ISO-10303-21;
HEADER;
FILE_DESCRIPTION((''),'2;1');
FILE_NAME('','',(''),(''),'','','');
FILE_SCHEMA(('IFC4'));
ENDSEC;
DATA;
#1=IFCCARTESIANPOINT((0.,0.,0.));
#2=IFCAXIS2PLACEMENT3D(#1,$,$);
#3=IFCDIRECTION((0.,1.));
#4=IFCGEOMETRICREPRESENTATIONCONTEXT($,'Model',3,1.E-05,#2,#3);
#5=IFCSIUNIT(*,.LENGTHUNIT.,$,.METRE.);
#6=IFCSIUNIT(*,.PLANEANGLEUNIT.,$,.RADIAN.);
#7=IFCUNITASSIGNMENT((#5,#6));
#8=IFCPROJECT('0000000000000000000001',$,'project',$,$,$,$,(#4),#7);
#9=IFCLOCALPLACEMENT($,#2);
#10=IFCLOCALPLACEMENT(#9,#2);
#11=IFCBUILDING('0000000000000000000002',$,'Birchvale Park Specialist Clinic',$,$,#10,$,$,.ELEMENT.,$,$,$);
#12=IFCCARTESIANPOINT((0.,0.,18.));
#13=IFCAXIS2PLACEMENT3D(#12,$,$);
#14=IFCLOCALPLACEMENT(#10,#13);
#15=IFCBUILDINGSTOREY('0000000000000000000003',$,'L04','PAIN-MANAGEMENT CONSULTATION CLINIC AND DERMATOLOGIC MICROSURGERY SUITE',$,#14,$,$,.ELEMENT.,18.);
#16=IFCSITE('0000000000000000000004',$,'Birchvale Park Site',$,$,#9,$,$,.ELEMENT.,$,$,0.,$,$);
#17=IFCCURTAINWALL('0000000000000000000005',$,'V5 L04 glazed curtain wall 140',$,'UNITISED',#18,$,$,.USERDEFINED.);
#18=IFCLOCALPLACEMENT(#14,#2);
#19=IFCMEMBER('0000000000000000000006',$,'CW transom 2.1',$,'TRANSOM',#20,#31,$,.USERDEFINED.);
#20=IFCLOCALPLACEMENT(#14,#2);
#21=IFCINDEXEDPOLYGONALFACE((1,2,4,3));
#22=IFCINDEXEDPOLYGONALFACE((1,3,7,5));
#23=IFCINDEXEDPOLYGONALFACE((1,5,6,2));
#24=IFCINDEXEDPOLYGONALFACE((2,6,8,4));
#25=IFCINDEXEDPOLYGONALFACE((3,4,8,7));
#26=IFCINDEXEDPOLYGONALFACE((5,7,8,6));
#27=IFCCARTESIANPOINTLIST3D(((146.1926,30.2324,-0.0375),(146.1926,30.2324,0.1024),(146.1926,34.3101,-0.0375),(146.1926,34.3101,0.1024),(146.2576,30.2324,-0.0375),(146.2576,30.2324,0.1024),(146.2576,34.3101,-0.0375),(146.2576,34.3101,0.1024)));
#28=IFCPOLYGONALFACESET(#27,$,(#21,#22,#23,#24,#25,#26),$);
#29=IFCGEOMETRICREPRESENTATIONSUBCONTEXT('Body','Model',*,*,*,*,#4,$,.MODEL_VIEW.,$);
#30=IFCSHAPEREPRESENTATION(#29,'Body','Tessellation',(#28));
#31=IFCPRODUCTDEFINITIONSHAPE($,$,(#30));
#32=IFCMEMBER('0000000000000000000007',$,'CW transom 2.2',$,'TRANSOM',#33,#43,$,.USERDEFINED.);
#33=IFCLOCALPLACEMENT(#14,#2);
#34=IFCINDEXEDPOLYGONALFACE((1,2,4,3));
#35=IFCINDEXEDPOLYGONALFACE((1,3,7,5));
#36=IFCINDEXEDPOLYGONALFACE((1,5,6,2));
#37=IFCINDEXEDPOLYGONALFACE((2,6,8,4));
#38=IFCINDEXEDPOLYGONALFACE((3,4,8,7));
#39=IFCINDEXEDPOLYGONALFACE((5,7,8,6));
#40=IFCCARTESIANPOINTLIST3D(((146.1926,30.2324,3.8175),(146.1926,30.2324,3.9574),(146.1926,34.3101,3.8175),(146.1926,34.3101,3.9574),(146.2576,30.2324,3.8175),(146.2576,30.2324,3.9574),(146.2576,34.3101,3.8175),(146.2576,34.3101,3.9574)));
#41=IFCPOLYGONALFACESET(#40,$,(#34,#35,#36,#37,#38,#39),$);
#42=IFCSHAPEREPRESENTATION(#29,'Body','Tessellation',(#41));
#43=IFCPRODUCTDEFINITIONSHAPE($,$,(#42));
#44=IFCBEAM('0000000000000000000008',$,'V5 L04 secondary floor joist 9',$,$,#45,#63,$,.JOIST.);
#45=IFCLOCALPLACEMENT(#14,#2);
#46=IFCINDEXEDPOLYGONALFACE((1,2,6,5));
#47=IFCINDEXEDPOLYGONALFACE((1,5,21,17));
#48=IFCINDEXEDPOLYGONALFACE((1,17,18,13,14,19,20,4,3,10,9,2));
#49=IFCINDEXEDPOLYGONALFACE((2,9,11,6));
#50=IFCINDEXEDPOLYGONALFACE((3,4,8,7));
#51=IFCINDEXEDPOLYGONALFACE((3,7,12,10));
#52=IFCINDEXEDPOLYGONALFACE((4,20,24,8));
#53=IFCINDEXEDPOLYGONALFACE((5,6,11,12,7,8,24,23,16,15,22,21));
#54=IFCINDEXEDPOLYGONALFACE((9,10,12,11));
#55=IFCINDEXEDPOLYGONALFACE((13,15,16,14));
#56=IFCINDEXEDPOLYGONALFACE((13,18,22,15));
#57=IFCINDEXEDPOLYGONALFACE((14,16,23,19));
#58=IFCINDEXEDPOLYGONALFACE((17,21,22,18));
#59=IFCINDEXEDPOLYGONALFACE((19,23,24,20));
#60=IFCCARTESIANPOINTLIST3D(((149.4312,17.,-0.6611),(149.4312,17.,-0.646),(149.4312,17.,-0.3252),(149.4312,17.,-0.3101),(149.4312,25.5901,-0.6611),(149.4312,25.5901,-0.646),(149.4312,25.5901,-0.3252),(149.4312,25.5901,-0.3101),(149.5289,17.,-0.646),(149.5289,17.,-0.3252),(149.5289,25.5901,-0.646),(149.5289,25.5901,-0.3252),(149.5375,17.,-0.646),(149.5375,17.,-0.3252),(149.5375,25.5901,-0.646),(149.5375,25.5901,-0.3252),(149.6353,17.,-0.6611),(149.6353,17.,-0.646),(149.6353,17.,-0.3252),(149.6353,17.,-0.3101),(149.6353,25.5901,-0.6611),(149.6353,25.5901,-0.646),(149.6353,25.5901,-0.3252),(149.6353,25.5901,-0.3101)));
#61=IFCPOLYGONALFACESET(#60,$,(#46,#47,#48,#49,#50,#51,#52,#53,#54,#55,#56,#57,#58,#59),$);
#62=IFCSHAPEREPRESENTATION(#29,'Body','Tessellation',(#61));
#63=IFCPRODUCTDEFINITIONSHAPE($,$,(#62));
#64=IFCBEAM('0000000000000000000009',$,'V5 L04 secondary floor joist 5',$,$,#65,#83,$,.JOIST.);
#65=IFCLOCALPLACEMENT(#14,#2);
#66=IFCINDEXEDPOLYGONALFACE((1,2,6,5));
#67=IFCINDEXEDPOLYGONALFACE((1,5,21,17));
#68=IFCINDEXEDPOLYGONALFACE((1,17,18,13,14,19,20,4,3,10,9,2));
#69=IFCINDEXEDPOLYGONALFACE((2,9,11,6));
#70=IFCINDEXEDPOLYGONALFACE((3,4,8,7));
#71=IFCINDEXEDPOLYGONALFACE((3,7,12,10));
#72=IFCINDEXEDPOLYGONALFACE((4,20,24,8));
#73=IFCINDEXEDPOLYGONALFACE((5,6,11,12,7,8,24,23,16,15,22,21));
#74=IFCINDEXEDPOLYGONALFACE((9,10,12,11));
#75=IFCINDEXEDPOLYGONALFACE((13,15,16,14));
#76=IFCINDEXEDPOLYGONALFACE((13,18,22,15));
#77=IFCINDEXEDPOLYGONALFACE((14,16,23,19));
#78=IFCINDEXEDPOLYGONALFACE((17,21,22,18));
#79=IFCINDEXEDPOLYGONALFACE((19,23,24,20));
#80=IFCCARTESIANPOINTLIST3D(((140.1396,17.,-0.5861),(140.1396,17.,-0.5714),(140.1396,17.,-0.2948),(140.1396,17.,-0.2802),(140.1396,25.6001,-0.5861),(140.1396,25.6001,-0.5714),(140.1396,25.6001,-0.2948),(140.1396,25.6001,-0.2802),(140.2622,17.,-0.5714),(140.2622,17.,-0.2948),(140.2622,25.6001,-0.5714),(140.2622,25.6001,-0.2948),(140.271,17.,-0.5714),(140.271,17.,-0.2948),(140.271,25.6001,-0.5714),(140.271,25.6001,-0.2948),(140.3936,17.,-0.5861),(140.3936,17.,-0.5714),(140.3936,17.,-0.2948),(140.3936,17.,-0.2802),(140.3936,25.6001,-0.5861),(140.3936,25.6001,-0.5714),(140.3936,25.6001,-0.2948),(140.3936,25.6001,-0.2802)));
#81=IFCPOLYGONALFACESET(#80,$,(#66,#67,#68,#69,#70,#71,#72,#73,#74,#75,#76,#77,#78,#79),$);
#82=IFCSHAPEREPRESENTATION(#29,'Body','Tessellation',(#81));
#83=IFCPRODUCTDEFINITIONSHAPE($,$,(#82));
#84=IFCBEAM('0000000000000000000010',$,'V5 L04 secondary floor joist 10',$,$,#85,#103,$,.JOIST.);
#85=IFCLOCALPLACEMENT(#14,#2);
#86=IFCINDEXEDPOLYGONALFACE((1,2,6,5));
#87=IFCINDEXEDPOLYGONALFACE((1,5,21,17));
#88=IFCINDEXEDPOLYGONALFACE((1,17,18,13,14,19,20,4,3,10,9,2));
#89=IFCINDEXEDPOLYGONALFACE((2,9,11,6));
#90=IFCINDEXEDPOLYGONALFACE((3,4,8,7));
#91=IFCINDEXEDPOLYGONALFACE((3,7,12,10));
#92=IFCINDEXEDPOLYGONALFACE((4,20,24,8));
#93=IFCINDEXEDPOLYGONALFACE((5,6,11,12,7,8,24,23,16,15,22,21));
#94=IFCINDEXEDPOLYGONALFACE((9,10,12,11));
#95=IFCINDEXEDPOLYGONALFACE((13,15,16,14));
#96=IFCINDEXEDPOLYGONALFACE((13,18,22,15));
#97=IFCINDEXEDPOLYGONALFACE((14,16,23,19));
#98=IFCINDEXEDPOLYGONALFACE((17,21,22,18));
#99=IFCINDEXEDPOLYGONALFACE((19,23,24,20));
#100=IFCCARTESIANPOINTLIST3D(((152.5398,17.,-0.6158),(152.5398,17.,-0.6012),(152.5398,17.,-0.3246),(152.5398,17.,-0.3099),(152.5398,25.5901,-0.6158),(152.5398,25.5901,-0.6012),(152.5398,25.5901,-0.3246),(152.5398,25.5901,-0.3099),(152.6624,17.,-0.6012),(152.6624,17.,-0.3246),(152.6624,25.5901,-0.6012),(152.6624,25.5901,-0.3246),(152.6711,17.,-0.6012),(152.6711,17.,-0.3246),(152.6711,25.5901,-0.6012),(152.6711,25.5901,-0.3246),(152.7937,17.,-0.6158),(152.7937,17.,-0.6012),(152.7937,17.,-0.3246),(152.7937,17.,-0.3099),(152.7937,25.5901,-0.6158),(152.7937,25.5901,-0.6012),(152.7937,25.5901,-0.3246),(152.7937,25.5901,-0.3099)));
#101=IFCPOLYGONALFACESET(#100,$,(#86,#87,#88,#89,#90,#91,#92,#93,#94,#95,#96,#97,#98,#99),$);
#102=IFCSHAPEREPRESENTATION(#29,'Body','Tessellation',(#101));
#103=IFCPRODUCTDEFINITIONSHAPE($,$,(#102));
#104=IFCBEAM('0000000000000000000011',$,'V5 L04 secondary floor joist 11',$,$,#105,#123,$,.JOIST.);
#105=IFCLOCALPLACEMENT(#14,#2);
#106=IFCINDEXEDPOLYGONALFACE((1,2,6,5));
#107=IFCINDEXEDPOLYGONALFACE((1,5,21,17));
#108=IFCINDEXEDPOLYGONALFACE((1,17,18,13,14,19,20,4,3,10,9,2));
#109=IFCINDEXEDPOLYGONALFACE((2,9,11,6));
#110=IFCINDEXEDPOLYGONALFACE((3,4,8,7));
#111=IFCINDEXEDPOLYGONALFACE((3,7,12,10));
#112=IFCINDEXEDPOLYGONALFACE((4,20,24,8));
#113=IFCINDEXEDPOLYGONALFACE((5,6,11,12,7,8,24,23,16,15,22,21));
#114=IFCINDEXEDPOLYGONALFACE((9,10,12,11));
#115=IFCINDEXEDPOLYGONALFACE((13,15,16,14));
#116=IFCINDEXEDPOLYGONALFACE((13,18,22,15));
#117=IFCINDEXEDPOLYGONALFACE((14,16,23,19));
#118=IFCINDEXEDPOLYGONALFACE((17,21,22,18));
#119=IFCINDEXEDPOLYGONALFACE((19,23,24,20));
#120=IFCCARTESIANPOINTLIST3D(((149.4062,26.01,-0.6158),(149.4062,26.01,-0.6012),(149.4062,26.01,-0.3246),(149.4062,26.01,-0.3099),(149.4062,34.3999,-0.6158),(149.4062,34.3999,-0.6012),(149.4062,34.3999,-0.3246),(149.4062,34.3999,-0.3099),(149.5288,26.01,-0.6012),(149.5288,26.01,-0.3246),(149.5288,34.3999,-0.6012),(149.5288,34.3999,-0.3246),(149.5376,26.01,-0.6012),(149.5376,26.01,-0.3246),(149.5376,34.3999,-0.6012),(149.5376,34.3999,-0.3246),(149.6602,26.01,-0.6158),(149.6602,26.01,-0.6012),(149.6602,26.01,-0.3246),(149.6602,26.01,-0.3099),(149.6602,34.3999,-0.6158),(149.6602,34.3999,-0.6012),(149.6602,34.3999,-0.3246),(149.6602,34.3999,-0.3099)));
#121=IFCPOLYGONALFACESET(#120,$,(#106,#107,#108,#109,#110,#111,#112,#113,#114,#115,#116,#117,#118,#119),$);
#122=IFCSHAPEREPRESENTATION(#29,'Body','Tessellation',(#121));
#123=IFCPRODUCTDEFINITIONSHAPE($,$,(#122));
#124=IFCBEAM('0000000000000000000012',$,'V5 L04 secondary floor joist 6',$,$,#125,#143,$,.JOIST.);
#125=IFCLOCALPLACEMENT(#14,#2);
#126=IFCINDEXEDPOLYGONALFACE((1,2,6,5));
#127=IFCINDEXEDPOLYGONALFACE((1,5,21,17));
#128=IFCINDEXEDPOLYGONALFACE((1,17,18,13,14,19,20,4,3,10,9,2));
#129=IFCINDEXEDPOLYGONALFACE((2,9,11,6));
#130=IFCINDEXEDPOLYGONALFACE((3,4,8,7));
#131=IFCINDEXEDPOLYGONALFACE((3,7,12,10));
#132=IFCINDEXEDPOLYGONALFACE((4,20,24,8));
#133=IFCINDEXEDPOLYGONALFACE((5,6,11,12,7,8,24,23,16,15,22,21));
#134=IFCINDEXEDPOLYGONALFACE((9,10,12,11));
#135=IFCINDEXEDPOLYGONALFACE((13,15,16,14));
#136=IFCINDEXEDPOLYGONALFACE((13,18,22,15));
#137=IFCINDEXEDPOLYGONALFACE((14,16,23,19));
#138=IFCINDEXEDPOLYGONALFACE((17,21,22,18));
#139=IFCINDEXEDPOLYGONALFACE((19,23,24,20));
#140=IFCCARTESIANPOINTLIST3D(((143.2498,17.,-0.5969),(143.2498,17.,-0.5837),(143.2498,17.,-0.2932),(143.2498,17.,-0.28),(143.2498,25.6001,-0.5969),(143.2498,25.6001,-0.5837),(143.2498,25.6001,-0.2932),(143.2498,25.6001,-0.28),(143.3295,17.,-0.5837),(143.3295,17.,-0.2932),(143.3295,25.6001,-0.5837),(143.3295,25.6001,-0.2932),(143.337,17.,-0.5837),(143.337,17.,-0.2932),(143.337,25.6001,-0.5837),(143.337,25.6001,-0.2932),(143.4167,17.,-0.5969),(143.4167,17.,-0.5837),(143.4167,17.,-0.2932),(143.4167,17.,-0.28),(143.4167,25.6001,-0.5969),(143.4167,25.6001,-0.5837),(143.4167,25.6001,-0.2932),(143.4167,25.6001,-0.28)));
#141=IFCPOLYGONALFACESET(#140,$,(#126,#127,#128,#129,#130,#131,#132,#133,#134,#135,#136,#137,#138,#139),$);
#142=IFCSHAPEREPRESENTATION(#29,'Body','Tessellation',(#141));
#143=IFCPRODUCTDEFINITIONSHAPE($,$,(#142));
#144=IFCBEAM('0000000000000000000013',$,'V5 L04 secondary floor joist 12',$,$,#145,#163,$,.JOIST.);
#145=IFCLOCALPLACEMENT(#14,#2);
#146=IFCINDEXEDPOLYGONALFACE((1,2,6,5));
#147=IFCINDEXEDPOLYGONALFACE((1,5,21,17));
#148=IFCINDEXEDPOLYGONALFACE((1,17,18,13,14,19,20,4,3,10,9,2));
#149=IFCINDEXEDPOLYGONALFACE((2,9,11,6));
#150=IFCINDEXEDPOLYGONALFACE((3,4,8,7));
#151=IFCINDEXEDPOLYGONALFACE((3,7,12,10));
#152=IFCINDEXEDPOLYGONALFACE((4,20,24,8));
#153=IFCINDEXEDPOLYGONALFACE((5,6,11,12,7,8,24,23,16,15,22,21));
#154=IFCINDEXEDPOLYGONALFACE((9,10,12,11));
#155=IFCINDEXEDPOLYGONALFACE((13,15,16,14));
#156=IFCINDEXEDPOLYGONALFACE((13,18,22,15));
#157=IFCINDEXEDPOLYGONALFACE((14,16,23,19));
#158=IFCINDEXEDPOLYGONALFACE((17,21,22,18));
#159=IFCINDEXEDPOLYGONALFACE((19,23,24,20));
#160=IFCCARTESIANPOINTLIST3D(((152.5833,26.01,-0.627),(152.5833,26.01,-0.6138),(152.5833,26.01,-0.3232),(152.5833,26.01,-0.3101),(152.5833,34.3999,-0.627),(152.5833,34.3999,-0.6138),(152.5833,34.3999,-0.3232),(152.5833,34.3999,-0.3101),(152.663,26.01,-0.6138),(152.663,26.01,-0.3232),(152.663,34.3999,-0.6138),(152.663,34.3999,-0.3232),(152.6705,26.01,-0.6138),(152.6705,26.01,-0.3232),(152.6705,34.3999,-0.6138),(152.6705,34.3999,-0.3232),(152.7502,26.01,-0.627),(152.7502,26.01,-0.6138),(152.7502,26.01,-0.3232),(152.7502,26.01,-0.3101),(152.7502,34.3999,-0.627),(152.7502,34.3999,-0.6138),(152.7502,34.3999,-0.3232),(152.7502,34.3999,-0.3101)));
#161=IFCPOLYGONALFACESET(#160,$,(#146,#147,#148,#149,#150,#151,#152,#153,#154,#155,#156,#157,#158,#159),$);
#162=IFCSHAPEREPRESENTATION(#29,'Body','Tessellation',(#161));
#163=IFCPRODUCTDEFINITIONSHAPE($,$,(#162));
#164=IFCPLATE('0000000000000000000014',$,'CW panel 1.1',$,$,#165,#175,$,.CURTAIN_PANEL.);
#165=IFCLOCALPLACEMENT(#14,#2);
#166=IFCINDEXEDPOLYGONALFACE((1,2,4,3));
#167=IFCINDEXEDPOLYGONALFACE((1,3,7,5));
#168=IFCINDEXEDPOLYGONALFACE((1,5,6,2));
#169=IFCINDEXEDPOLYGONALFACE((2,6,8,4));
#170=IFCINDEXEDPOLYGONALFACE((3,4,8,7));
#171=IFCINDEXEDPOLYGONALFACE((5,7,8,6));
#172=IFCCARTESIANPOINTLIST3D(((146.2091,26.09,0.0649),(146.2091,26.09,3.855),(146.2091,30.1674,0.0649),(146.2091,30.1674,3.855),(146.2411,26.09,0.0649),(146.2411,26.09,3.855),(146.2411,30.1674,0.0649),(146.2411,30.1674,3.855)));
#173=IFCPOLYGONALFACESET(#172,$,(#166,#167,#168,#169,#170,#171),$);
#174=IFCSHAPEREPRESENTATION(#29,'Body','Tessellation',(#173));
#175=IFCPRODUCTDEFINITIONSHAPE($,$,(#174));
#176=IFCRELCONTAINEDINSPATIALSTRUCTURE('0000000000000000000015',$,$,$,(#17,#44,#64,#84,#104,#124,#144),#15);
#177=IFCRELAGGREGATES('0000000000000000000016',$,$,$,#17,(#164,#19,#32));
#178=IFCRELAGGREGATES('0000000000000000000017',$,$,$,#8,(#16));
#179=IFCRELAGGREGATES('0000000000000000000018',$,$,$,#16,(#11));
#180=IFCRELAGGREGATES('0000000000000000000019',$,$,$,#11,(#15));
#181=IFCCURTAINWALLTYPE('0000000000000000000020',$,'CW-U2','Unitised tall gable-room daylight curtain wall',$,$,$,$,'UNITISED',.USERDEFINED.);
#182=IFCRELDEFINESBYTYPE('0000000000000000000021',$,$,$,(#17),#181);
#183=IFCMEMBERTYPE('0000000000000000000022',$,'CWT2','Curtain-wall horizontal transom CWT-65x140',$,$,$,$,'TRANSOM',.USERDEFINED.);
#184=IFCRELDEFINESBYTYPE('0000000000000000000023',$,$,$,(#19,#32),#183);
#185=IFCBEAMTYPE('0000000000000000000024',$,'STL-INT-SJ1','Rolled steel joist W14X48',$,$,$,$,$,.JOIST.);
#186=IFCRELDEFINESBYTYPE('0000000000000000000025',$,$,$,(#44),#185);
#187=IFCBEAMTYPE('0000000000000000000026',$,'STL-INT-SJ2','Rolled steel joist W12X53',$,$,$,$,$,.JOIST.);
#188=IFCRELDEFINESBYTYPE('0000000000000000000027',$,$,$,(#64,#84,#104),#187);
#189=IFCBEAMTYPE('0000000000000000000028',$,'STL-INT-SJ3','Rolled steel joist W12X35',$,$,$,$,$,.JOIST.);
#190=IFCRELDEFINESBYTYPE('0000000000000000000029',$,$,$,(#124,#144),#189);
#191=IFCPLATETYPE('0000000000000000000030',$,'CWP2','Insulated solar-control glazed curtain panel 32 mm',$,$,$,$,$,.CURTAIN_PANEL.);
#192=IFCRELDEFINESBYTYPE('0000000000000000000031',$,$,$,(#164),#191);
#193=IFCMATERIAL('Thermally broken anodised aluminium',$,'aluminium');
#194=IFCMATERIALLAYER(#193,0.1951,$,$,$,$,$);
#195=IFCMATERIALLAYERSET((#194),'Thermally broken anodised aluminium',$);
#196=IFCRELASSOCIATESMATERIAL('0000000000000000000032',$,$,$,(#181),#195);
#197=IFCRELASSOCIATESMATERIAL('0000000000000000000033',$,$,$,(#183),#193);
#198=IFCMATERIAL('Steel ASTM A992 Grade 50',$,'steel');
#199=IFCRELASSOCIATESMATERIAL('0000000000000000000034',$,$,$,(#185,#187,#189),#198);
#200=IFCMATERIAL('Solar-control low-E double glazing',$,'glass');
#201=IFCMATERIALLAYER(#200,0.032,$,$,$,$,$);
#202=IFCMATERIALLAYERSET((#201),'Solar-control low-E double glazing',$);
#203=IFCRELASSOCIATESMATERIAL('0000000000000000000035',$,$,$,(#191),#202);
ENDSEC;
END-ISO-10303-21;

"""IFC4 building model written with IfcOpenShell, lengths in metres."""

from ifc_helpers import new_model, si_unit, direction, frame, origin, origin_2d, place, context, subcontext, project, spatial, rectangle, i_section, extrude, material, layer, layer_set, material_profile, profile_set, type_object, element, aggregate, save


model = new_model("IFC4")

# Units and contexts
model_context = context("Model", 3, precision=1e-05, world=origin(), true_north=direction((0.0, 1.0)))
body_context = subcontext(model_context, "Body", "Model", "MODEL_VIEW")
ifc_project = project(units=[si_unit("LENGTHUNIT", "METRE"), si_unit("PLANEANGLEUNIT", "RADIAN")], contexts=[model_context])

# Site, building, storey
site_placement = place(None, origin())
site = spatial("IfcSite", under=ifc_project, at=site_placement, Name="Birchvale Park Site", CompositionType="ELEMENT", RefElevation=0.0)
building_placement = place(site_placement, origin())
building = spatial("IfcBuilding", under=site, at=building_placement, Name="Birchvale Park Specialist Clinic", CompositionType="ELEMENT")
storey_placement = place(building_placement, frame((0.0, 0.0, 18.0)))
storey = spatial("IfcBuildingStorey", under=building, at=storey_placement, Name="L04", Description="PAIN-MANAGEMENT CONSULTATION CLINIC AND DERMATOLOGIC MICROSURGERY SUITE", CompositionType="ELEMENT", Elevation=18.0)

# Curtain wall, members
ifc_material_1 = material(Name="Thermally broken anodised aluminium", Category="aluminium")
ifc_layer_1 = layer(ifc_material_1, 0.1951)
ifc_layer_set_1 = layer_set([ifc_layer_1], Name="Thermally broken anodised aluminium")
curtain_wall_type = type_object("IfcCurtainWallType", Name="CW-U2", Description="Unitised tall gable-room daylight curtain wall", ElementType="UNITISED", PredefinedType="USERDEFINED", material=ifc_layer_set_1)
curtain_wall_placement = place(storey_placement, origin())
curtain_wall = element("IfcCurtainWall", 1, at=curtain_wall_placement, inside=storey, type_object=curtain_wall_type, Name="V5 L04 glazed curtain wall 140", ObjectType="UNITISED", PredefinedType="USERDEFINED")
ifc_material_profile_1 = material_profile(ifc_material_1, rectangle(XDim=0.0649, YDim=0.1399, at=origin_2d()), Name="CWT-65x140")
ifc_profile_set_1 = profile_set([ifc_material_profile_1], Name="Thermally broken anodised aluminium")
member_type_1 = type_object("IfcMemberType", Name="CWT2", Description="Curtain-wall horizontal transom CWT-65x140", ElementType="TRANSOM", PredefinedType="USERDEFINED", material=ifc_profile_set_1)
member_1_placement = place(storey_placement, frame((146.2251, 30.2324, 0.0325), z_axis=(0.0, 1.0, 0.0), x_axis=(-1.0, 0.0, 0.0)))
member_1 = element("IfcMember", 2, at=member_1_placement, type_object=member_type_1, Name="CW transom 2.1", ObjectType="TRANSOM", PredefinedType="USERDEFINED", context=body_context, shape_type="SweptSolid", body=[
    extrude(rectangle(XDim=0.0649, YDim=0.1399, at=origin_2d()), origin(), (0.0, 0.0, 1.0), 4.0776),
])
member_2_placement = place(storey_placement, frame((146.2251, 30.2324, 3.8875), z_axis=(0.0, 1.0, 0.0), x_axis=(-1.0, 0.0, 0.0)))
member_2 = element("IfcMember", 3, at=member_2_placement, type_object=member_type_1, Name="CW transom 2.2", ObjectType="TRANSOM", PredefinedType="USERDEFINED", context=body_context, shape_type="SweptSolid", body=[
    extrude(rectangle(XDim=0.0649, YDim=0.1399, at=origin_2d()), origin(), (0.0, 0.0, 1.0), 4.0776),
])

# Beams
ifc_material_2 = material(Name="Steel ASTM A992 Grade 50", Category="steel")
ifc_material_profile_2 = material_profile(ifc_material_2, i_section(OverallWidth=0.2041, OverallDepth=0.3511, WebThickness=0.0085, FlangeThickness=0.0151, at=origin_2d()), Name="W14X48")
ifc_profile_set_2 = profile_set([ifc_material_profile_2], Name="Steel ASTM A992 Grade 50")
beam_type_1 = type_object("IfcBeamType", Name="STL-INT-SJ1", Description="Rolled steel joist W14X48", PredefinedType="JOIST", material=ifc_profile_set_2)
beam_1_placement = place(storey_placement, frame((149.5332, 17.0, -0.4856), z_axis=(0.0, 1.0, 0.0), x_axis=(-1.0, 0.0, 0.0)))
element("IfcBeam", 4, at=beam_1_placement, inside=storey, type_object=beam_type_1, Name="V5 L04 secondary floor joist 9", PredefinedType="JOIST", context=body_context, shape_type="SweptSolid", body=[
    extrude(i_section(OverallWidth=0.2041, OverallDepth=0.3511, WebThickness=0.0085, FlangeThickness=0.0151, at=origin_2d()), origin(), (0.0, 0.0, 1.0), 8.5901),
])
ifc_material_profile_3 = material_profile(ifc_material_2, i_section(OverallWidth=0.2539, OverallDepth=0.3059, WebThickness=0.0088, FlangeThickness=0.0146, at=origin_2d()), Name="W12X53")
ifc_profile_set_3 = profile_set([ifc_material_profile_3], Name="Steel ASTM A992 Grade 50")
beam_type_2 = type_object("IfcBeamType", Name="STL-INT-SJ2", Description="Rolled steel joist W12X53", PredefinedType="JOIST", material=ifc_profile_set_3)
beam_2_placement = place(storey_placement, frame((140.2666, 17.0, -0.4331), z_axis=(0.0, 1.0, 0.0), x_axis=(-1.0, 0.0, 0.0)))
element("IfcBeam", 5, at=beam_2_placement, inside=storey, type_object=beam_type_2, Name="V5 L04 secondary floor joist 5", PredefinedType="JOIST", context=body_context, shape_type="SweptSolid", body=[
    extrude(i_section(OverallWidth=0.2539, OverallDepth=0.3059, WebThickness=0.0088, FlangeThickness=0.0146, at=origin_2d()), origin(), (0.0, 0.0, 1.0), 8.6001),
])
beam_3_placement = place(storey_placement, frame((152.6667, 17.0, -0.4629), z_axis=(0.0, 1.0, 0.0), x_axis=(-1.0, 0.0, 0.0)))
element("IfcBeam", 6, at=beam_3_placement, inside=storey, type_object=beam_type_2, Name="V5 L04 secondary floor joist 10", PredefinedType="JOIST", context=body_context, shape_type="SweptSolid", body=[
    extrude(i_section(OverallWidth=0.2539, OverallDepth=0.3059, WebThickness=0.0088, FlangeThickness=0.0146, at=origin_2d()), origin(), (0.0, 0.0, 1.0), 8.5901),
])
beam_4_placement = place(storey_placement, frame((149.5332, 26.01, -0.4629), z_axis=(0.0, 1.0, 0.0), x_axis=(-1.0, 0.0, 0.0)))
element("IfcBeam", 7, at=beam_4_placement, inside=storey, type_object=beam_type_2, Name="V5 L04 secondary floor joist 11", PredefinedType="JOIST", context=body_context, shape_type="SweptSolid", body=[
    extrude(i_section(OverallWidth=0.2539, OverallDepth=0.3059, WebThickness=0.0088, FlangeThickness=0.0146, at=origin_2d()), origin(), (0.0, 0.0, 1.0), 8.3899),
])
ifc_material_profile_4 = material_profile(ifc_material_2, i_section(OverallWidth=0.167, OverallDepth=0.3169, WebThickness=0.0076, FlangeThickness=0.0132, at=origin_2d()), Name="W12X35")
ifc_profile_set_4 = profile_set([ifc_material_profile_4], Name="Steel ASTM A992 Grade 50")
beam_type_3 = type_object("IfcBeamType", Name="STL-INT-SJ3", Description="Rolled steel joist W12X35", PredefinedType="JOIST", material=ifc_profile_set_4)
beam_5_placement = place(storey_placement, frame((143.3333, 17.0, -0.4385), z_axis=(0.0, 1.0, 0.0), x_axis=(-1.0, 0.0, 0.0)))
element("IfcBeam", 8, at=beam_5_placement, inside=storey, type_object=beam_type_3, Name="V5 L04 secondary floor joist 6", PredefinedType="JOIST", context=body_context, shape_type="SweptSolid", body=[
    extrude(i_section(OverallWidth=0.167, OverallDepth=0.3169, WebThickness=0.0076, FlangeThickness=0.0132, at=origin_2d()), origin(), (0.0, 0.0, 1.0), 8.6001),
])
beam_6_placement = place(storey_placement, frame((152.6667, 26.01, -0.4685), z_axis=(0.0, 1.0, 0.0), x_axis=(-1.0, 0.0, 0.0)))
element("IfcBeam", 9, at=beam_6_placement, inside=storey, type_object=beam_type_3, Name="V5 L04 secondary floor joist 12", PredefinedType="JOIST", context=body_context, shape_type="SweptSolid", body=[
    extrude(i_section(OverallWidth=0.167, OverallDepth=0.3169, WebThickness=0.0076, FlangeThickness=0.0132, at=origin_2d()), origin(), (0.0, 0.0, 1.0), 8.3899),
])

# Plate
ifc_material_3 = material(Name="Solar-control low-E double glazing", Category="glass")
ifc_layer_2 = layer(ifc_material_3, 0.032)
ifc_layer_set_2 = layer_set([ifc_layer_2], Name="Solar-control low-E double glazing")
plate_type = type_object("IfcPlateType", Name="CWP2", Description="Insulated solar-control glazed curtain panel 32 mm", PredefinedType="CURTAIN_PANEL", material=ifc_layer_set_2)
plate_placement = place(storey_placement, frame((146.2251, 28.1287, 0.0649), z_axis=(0.0, 0.0, 1.0), x_axis=(0.0, 1.0, 0.0)))
plate = element("IfcPlate", 10, at=plate_placement, type_object=plate_type, Name="CW panel 1.1", PredefinedType="CURTAIN_PANEL", context=body_context, shape_type="SweptSolid", body=[
    extrude(rectangle(XDim=4.0774, YDim=0.032, at=origin_2d()), origin(), (0.0, 0.0, 1.0), 3.79),
])
aggregate(curtain_wall, [plate, member_1, member_2])

save(model, "model.ifc")
